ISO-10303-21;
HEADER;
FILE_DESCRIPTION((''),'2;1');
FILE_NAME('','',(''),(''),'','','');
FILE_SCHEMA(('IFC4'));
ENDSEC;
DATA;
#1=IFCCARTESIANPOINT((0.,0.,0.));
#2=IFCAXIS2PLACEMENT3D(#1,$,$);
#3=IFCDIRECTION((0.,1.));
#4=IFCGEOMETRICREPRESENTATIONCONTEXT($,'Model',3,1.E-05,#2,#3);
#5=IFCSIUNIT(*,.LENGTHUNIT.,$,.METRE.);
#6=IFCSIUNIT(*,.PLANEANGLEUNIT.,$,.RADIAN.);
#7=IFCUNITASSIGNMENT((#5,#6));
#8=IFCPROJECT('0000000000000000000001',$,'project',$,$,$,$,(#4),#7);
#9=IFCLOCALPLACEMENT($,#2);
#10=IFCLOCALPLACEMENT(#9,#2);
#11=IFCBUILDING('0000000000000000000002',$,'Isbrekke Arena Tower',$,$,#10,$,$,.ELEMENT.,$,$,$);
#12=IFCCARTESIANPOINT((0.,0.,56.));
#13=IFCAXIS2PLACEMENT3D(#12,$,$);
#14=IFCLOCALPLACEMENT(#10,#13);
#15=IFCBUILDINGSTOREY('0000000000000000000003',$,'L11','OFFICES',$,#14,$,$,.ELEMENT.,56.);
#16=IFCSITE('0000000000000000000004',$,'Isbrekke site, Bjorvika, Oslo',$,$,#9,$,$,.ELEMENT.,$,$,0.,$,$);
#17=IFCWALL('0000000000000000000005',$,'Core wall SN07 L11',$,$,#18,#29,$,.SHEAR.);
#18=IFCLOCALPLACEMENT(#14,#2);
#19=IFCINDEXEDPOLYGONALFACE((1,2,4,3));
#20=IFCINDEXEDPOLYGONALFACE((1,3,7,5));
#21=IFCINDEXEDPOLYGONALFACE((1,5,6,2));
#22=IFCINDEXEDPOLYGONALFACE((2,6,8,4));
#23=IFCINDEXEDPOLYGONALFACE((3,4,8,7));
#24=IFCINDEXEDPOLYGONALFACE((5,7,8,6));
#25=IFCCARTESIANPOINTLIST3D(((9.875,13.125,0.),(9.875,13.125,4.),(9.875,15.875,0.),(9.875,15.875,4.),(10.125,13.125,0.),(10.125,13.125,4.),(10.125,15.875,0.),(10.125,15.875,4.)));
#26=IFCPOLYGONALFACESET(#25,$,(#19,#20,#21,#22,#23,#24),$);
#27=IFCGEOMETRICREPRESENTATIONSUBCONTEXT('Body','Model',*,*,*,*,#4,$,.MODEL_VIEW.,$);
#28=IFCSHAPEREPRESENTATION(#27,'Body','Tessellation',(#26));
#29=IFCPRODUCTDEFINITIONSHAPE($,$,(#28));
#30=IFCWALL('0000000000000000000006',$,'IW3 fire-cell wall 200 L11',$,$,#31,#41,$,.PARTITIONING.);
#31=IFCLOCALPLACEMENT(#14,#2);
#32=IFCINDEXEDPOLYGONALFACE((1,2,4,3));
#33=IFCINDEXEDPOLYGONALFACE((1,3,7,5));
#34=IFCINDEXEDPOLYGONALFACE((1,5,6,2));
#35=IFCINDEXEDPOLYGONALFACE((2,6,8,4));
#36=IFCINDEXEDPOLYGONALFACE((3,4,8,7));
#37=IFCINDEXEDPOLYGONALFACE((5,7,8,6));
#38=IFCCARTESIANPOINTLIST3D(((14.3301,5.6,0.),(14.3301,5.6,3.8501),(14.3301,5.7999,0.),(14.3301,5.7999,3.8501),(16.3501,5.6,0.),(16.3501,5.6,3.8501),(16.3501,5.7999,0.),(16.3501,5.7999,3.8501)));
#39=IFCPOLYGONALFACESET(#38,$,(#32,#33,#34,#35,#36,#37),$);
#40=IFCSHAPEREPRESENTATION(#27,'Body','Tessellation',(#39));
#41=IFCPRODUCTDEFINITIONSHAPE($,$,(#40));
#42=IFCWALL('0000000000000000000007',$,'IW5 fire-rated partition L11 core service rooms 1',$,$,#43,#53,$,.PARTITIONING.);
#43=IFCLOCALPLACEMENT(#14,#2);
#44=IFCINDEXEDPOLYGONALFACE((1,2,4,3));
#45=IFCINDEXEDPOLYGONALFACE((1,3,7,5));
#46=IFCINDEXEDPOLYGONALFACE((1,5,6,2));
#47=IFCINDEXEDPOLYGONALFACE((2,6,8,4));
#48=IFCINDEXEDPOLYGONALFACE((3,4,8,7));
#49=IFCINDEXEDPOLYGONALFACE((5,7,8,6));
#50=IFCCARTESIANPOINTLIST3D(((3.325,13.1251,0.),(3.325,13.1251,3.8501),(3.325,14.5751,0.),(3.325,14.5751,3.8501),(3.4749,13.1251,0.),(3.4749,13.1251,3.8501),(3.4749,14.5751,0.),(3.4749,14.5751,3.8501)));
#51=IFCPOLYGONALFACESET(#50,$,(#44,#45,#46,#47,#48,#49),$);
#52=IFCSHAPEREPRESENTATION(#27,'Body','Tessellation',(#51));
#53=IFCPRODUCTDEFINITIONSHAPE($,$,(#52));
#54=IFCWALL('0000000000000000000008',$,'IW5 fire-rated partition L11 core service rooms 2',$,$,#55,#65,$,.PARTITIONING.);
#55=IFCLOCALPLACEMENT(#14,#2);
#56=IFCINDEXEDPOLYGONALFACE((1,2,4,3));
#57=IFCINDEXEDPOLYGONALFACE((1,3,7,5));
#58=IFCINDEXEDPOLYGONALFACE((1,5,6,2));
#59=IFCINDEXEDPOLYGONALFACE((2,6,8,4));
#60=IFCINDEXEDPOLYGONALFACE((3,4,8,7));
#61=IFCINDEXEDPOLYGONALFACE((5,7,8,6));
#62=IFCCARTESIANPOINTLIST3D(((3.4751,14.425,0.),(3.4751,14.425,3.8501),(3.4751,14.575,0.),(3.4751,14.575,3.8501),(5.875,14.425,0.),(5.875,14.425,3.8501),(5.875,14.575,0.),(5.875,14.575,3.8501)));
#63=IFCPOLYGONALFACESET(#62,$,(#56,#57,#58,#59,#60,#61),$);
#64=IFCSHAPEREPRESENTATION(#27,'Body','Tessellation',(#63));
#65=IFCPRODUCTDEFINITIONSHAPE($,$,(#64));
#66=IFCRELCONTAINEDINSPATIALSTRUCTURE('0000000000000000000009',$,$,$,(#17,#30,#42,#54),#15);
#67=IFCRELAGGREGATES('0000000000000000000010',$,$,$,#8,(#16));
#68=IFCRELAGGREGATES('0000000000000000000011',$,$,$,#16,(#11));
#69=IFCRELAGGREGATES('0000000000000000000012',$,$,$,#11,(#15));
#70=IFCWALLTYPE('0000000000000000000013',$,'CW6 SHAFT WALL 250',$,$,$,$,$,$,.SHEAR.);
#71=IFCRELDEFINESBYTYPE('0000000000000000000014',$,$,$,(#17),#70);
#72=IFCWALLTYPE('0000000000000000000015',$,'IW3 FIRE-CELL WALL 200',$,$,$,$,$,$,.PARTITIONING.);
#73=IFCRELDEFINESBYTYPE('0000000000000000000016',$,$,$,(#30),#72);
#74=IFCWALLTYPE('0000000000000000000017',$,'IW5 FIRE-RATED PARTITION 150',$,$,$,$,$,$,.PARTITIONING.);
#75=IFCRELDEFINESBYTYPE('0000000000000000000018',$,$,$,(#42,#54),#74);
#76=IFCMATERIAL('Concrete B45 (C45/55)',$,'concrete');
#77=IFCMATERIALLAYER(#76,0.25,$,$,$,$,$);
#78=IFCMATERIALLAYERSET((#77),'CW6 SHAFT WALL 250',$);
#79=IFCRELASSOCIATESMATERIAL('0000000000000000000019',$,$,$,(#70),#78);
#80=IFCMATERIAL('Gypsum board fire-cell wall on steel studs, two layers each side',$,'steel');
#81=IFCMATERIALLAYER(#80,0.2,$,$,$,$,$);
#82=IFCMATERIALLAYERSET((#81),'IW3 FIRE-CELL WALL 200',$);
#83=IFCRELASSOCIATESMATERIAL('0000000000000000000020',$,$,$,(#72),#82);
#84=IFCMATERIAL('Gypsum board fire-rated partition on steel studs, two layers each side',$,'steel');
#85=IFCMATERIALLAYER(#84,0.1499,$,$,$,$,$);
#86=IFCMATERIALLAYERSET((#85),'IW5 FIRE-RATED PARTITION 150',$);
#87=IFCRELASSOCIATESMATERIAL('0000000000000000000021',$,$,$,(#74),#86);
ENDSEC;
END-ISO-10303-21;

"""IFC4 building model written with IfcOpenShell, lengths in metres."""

from ifc_helpers import new_model, si_unit, direction, frame, frame_2d, origin, place, context, subcontext, project, spatial, rectangle, extrude, material, layer, layer_set, type_object, element, save


model = new_model("IFC4")

# Units and contexts
model_context = context("Model", 3, precision=1e-05, world=origin(), true_north=direction((0.0, 1.0)))
body_context = subcontext(model_context, "Body", "Model", "MODEL_VIEW")
ifc_project = project(units=[si_unit("LENGTHUNIT", "METRE"), si_unit("PLANEANGLEUNIT", "RADIAN")], contexts=[model_context])

# Site, building, storey
site_placement = place(None, origin())
site = spatial("IfcSite", under=ifc_project, at=site_placement, Name="Isbrekke site, Bjorvika, Oslo", CompositionType="ELEMENT", RefElevation=0.0)
building_placement = place(site_placement, origin())
building = spatial("IfcBuilding", under=site, at=building_placement, Name="Isbrekke Arena Tower", CompositionType="ELEMENT")
storey_placement = place(building_placement, frame((0.0, 0.0, 56.0)))
storey = spatial("IfcBuildingStorey", under=building, at=storey_placement, Name="L11", Description="OFFICES", CompositionType="ELEMENT", Elevation=56.0)

# Shared definitions
ifc_material_1 = material(Name="Concrete B45 (C45/55)", Category="concrete")
ifc_layer_1 = layer(ifc_material_1, 0.25)
ifc_layer_set_1 = layer_set([ifc_layer_1], Name="CW6 SHAFT WALL 250")
wall_type_1 = type_object("IfcWallType", Name="CW6 SHAFT WALL 250", PredefinedType="SHEAR", material=ifc_layer_set_1)

# Walls
wall_1_placement = place(storey_placement, frame((10.0, 13.125, 0.0), z_axis=(0.0, 0.0, 1.0), x_axis=(0.0, 1.0, 0.0)))
element("IfcWall", 1, at=wall_1_placement, inside=storey, type_object=wall_type_1, Name="Core wall SN07 L11", PredefinedType="SHEAR", context=body_context, shape_type="SweptSolid", body=[
    extrude(rectangle(XDim=2.75, YDim=0.25, at=frame_2d((1.375, 0.0))), origin(), (0.0, 0.0, 1.0), 4.0),
])
ifc_material_2 = material(Name="Gypsum board fire-cell wall on steel studs, two layers each side", Category="steel")
ifc_layer_2 = layer(ifc_material_2, 0.2)
ifc_layer_set_2 = layer_set([ifc_layer_2], Name="IW3 FIRE-CELL WALL 200")
wall_type_2 = type_object("IfcWallType", Name="IW3 FIRE-CELL WALL 200", PredefinedType="PARTITIONING", material=ifc_layer_set_2)
wall_2_placement = place(storey_placement, frame((14.3301, 5.7, 0.0), z_axis=(0.0, 0.0, 1.0), x_axis=(1.0, 0.0, 0.0)))
element("IfcWall", 2, at=wall_2_placement, inside=storey, type_object=wall_type_2, Name="IW3 fire-cell wall 200 L11", PredefinedType="PARTITIONING", context=body_context, shape_type="SweptSolid", body=[
    extrude(rectangle(XDim=2.02, YDim=0.2, at=frame_2d((1.01, 0.0))), origin(), (0.0, 0.0, 1.0), 3.8501),
])
ifc_material_3 = material(Name="Gypsum board fire-rated partition on steel studs, two layers each side", Category="steel")
ifc_layer_3 = layer(ifc_material_3, 0.1499)
ifc_layer_set_3 = layer_set([ifc_layer_3], Name="IW5 FIRE-RATED PARTITION 150")
wall_type_3 = type_object("IfcWallType", Name="IW5 FIRE-RATED PARTITION 150", PredefinedType="PARTITIONING", material=ifc_layer_set_3)
wall_3_placement = place(storey_placement, frame((3.3999, 13.125, 0.0), z_axis=(0.0, 0.0, 1.0), x_axis=(0.0, 1.0, 0.0)))
element("IfcWall", 3, at=wall_3_placement, inside=storey, type_object=wall_type_3, Name="IW5 fire-rated partition L11 core service rooms 1", PredefinedType="PARTITIONING", context=body_context, shape_type="SweptSolid", body=[
    extrude(rectangle(XDim=1.45, YDim=0.1499, at=frame_2d((0.7251, 0.0))), origin(), (0.0, 0.0, 1.0), 3.8501),
])
wall_4_placement = place(storey_placement, frame((3.4751, 14.5, 0.0), z_axis=(0.0, 0.0, 1.0), x_axis=(1.0, 0.0, 0.0)))
element("IfcWall", 4, at=wall_4_placement, inside=storey, type_object=wall_type_3, Name="IW5 fire-rated partition L11 core service rooms 2", PredefinedType="PARTITIONING", context=body_context, shape_type="SweptSolid", body=[
    extrude(rectangle(XDim=2.3999, YDim=0.1499, at=frame_2d((1.2, 0.0))), origin(), (0.0, 0.0, 1.0), 3.8501),
])

save(model, "model.ifc")
